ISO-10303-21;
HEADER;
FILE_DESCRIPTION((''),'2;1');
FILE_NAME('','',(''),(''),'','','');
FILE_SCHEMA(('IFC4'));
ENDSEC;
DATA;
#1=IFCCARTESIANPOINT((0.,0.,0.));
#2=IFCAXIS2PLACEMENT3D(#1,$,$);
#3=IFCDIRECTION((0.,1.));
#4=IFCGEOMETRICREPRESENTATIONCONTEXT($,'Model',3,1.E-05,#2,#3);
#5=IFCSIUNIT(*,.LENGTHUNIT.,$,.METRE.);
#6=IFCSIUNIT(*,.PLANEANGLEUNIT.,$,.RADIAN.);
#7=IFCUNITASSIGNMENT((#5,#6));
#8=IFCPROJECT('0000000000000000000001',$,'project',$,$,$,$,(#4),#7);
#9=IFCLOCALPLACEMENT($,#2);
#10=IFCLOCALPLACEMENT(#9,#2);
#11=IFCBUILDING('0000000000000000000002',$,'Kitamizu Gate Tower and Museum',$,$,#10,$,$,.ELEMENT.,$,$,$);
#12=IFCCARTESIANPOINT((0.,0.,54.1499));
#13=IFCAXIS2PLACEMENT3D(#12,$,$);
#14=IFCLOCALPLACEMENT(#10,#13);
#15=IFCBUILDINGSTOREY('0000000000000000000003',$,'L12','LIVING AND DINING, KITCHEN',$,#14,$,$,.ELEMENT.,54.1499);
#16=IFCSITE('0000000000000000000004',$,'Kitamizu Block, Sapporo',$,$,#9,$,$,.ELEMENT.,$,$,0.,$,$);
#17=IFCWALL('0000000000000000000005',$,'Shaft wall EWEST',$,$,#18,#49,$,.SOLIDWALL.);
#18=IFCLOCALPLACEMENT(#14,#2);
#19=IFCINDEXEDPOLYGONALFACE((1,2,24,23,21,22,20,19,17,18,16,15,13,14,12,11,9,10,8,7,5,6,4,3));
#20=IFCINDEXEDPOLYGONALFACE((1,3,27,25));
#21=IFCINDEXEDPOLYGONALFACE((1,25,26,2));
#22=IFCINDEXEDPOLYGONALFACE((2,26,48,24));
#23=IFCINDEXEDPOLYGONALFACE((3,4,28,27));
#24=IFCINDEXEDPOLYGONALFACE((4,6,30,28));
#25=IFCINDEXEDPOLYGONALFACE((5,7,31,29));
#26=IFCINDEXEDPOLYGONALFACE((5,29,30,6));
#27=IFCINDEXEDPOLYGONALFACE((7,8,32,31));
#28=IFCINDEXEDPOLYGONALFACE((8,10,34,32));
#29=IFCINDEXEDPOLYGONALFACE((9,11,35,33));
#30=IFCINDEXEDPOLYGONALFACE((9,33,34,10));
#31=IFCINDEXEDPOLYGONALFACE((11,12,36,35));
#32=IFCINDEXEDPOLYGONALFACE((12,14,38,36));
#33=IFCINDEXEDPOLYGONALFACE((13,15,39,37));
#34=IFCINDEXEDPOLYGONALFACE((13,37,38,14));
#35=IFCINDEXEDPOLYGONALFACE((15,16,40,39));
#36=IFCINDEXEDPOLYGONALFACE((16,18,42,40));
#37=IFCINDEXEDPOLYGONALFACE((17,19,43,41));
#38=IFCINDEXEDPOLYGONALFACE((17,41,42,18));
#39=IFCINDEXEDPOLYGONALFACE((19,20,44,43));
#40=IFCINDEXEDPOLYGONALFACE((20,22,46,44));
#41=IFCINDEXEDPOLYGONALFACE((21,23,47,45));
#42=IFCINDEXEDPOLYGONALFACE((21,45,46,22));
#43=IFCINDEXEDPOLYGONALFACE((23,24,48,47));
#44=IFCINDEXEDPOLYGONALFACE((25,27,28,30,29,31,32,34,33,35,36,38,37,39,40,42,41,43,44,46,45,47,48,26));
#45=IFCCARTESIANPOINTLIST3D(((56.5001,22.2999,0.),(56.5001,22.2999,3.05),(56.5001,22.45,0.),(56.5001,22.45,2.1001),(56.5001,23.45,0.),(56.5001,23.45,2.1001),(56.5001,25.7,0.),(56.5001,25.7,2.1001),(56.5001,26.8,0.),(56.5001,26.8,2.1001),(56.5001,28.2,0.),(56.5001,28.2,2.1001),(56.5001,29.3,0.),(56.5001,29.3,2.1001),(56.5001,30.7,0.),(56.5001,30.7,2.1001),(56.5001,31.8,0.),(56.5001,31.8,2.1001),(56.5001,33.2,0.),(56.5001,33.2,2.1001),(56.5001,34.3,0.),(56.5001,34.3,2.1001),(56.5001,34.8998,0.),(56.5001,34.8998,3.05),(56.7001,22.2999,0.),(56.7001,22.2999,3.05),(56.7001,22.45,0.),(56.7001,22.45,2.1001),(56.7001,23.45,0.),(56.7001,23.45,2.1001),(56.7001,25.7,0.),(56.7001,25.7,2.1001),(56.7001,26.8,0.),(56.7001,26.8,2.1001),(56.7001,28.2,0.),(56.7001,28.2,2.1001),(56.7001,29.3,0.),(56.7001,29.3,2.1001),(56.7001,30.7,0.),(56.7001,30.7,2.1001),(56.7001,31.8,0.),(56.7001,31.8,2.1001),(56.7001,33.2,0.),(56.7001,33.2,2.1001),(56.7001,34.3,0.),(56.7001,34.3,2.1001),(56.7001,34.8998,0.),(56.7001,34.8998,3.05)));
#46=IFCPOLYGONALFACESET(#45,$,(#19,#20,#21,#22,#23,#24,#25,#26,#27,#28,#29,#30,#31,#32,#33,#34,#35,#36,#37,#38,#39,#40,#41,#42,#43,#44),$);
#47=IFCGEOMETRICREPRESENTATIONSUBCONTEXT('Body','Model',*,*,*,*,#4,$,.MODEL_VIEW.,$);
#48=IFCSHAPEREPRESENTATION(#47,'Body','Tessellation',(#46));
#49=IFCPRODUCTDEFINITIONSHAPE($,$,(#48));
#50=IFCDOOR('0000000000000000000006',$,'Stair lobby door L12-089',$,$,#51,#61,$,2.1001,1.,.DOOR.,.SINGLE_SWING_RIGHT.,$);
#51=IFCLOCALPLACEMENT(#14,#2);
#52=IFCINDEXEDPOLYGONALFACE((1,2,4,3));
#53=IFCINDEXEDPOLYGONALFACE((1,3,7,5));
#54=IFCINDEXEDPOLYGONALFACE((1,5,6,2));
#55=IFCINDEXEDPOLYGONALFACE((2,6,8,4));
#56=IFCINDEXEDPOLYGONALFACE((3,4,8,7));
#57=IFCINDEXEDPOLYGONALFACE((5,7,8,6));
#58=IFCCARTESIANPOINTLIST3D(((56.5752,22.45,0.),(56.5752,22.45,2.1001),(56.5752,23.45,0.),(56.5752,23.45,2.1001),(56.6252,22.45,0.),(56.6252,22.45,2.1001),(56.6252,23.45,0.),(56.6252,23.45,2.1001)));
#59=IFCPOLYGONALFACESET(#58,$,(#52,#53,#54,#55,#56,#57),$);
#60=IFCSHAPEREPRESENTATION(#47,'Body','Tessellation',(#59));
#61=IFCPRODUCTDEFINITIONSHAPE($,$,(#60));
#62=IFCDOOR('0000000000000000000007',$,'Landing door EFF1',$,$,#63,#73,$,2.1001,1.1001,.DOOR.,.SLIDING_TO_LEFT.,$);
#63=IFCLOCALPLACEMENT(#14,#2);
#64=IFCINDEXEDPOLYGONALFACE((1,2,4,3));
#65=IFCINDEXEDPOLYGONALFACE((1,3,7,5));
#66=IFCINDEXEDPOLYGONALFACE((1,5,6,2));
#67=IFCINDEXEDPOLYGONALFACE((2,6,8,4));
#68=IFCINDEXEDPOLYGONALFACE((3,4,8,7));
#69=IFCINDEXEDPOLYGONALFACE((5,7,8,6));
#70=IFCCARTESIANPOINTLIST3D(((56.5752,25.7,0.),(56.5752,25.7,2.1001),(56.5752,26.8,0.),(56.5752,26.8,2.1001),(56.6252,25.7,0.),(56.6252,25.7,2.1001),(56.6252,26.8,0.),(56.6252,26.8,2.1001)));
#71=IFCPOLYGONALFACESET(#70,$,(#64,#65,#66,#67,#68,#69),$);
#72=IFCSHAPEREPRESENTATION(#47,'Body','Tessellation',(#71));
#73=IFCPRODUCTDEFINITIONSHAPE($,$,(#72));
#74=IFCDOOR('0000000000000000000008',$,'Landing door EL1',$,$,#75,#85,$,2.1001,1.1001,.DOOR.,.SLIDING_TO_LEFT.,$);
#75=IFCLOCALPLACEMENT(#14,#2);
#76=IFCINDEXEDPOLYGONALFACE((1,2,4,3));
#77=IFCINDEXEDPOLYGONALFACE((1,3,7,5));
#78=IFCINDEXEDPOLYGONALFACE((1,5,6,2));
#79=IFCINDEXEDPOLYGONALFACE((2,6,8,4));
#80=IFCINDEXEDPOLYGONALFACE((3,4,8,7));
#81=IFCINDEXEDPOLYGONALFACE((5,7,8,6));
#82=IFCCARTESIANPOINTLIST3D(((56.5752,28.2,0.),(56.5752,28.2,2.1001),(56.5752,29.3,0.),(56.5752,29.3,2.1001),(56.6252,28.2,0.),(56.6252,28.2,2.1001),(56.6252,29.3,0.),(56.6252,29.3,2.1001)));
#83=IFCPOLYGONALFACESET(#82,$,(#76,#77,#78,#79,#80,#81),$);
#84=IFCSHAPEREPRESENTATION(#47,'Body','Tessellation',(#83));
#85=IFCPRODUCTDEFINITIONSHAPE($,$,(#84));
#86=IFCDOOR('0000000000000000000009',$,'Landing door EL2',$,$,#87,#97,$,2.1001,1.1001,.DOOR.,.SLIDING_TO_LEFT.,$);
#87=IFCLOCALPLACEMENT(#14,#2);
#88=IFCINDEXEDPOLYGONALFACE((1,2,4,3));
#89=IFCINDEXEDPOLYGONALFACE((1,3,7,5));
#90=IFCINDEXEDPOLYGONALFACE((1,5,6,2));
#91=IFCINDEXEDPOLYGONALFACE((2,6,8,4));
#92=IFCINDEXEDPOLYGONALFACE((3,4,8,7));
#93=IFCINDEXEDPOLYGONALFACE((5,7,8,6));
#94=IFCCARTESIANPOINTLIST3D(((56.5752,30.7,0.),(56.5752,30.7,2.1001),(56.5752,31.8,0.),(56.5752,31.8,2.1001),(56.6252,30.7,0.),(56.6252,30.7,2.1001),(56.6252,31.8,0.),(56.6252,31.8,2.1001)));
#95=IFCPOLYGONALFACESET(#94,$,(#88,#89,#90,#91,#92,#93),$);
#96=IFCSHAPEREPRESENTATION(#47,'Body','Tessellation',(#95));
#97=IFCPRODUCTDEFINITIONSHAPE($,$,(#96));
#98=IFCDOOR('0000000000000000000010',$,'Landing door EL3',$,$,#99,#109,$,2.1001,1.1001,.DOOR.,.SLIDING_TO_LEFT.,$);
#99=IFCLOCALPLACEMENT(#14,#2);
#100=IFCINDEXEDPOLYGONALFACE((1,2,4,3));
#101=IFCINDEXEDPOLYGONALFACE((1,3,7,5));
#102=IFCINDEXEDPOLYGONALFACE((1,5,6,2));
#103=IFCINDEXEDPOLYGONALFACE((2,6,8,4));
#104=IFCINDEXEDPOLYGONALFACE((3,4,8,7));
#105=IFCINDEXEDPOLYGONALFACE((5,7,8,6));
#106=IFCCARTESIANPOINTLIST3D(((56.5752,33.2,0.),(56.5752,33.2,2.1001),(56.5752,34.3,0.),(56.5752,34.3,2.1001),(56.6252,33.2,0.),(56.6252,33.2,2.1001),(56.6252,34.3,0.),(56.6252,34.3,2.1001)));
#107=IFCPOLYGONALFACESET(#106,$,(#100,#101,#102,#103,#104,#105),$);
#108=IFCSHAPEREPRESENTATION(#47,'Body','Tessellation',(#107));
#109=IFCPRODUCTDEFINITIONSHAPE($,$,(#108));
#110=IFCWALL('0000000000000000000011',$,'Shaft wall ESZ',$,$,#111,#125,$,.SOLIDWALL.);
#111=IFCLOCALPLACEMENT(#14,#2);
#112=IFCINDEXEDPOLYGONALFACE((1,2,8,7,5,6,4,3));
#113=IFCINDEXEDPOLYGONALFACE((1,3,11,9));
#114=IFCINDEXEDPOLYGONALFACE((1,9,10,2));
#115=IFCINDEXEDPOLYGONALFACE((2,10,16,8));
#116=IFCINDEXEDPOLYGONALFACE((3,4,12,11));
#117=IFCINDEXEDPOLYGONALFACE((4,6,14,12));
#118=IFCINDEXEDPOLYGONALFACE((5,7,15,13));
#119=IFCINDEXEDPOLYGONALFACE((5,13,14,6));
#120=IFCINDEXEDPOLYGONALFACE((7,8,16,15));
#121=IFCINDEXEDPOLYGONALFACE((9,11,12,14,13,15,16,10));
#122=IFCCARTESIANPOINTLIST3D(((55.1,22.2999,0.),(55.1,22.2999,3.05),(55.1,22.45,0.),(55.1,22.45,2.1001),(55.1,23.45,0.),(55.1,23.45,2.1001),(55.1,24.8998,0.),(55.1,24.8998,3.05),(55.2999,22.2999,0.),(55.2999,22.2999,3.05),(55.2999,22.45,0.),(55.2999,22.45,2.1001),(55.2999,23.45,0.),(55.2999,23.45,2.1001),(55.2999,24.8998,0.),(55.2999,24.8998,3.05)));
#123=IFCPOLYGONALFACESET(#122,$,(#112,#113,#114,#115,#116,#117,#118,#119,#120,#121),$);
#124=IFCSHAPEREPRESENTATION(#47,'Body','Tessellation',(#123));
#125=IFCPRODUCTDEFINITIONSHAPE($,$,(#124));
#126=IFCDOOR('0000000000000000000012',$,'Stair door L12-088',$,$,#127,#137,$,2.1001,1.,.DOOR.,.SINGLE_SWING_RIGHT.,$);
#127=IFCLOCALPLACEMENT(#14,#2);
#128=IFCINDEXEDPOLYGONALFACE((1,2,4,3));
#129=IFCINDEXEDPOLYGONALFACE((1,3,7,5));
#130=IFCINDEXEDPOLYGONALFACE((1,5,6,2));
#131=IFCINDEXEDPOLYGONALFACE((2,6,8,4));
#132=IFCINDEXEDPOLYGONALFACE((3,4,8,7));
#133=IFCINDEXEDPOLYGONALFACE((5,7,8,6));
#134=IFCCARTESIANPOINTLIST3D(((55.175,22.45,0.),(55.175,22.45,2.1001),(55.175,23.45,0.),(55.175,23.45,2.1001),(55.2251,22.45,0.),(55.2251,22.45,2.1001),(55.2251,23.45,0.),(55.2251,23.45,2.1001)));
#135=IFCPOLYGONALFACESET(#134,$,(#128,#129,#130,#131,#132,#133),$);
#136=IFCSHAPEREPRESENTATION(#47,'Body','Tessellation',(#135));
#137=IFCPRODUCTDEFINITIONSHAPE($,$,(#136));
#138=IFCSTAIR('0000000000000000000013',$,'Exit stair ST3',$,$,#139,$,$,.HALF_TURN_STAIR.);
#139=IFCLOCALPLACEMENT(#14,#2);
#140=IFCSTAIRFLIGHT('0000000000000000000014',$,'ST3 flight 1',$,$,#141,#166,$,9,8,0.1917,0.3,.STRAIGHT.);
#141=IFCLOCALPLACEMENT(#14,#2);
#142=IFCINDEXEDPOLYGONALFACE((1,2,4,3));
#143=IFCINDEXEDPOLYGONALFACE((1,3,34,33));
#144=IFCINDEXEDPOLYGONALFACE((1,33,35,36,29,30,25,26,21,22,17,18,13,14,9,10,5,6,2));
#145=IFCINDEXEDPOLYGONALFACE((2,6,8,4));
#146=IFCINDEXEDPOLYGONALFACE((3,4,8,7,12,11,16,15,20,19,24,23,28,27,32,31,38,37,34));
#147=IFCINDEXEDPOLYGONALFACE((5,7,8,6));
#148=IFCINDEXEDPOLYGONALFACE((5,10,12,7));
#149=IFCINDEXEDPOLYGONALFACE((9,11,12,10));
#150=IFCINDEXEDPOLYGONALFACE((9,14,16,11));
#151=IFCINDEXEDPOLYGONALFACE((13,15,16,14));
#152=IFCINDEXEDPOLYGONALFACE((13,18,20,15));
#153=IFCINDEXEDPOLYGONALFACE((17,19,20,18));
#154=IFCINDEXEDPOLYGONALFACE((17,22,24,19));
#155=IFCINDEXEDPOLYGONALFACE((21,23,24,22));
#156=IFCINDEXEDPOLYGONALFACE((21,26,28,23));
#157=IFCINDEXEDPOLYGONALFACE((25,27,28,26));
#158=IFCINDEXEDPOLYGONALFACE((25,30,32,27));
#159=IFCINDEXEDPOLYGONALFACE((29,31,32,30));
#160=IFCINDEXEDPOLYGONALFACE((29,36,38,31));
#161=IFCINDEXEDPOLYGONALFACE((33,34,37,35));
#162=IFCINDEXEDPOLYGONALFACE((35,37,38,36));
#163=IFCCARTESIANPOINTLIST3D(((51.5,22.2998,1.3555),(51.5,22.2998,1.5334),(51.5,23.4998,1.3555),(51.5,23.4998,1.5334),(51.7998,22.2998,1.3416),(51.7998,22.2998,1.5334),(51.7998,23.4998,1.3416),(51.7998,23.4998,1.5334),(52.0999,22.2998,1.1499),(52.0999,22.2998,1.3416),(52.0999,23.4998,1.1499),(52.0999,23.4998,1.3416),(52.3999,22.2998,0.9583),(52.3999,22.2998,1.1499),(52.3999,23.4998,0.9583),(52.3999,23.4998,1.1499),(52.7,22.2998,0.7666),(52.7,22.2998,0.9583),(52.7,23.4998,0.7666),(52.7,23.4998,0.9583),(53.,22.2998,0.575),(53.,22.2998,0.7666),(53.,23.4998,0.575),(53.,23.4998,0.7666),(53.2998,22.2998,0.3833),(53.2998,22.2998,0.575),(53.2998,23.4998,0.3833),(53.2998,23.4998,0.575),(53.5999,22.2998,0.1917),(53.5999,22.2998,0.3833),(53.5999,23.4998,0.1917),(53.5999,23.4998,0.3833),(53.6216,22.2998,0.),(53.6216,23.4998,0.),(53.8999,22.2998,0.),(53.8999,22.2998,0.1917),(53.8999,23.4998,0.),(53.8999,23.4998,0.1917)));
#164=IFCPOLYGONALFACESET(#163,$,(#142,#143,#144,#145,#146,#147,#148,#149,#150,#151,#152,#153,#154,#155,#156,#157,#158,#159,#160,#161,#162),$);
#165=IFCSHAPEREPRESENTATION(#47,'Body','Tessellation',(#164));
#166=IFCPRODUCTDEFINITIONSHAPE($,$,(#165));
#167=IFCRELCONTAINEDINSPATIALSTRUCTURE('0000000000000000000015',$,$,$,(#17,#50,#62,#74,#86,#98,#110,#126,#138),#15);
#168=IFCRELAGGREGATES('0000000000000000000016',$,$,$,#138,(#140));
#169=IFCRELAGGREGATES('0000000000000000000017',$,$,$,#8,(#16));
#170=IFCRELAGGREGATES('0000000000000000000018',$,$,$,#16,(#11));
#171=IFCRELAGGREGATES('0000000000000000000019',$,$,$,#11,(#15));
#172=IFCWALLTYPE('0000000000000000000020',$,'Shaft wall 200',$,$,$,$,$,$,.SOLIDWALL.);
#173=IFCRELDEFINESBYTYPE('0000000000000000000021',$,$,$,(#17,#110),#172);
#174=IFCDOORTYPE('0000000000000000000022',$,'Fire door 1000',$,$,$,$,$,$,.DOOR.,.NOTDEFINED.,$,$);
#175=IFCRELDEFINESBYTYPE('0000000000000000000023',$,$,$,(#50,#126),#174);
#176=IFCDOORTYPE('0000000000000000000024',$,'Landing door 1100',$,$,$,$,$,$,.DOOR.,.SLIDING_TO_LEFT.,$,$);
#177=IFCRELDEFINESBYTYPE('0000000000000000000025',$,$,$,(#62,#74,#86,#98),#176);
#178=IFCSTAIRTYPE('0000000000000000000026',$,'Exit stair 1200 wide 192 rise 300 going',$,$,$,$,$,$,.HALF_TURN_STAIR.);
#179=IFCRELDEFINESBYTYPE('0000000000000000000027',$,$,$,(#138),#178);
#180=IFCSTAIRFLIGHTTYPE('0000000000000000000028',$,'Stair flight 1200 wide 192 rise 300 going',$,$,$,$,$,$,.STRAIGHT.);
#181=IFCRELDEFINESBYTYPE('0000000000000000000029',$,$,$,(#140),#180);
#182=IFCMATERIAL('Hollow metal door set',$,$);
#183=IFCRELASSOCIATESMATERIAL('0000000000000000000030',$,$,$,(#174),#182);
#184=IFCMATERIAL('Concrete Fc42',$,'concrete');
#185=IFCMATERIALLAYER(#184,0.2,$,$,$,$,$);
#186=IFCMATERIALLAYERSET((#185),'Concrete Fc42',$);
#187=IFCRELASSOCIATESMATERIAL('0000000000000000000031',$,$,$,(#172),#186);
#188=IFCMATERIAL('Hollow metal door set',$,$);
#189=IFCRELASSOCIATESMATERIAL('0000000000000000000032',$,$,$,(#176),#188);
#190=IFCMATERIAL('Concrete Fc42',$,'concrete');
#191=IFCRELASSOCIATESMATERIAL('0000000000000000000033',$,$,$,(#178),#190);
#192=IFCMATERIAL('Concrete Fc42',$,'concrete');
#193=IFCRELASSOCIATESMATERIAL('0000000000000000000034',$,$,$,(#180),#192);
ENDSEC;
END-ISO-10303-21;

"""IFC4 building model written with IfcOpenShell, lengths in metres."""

from ifc_helpers import new_model, si_unit, direction, frame, frame_2d, origin, place, context, subcontext, project, spatial, polyline, rectangle, outline, extrude, material, layer, layer_set, type_object, element, fill, aggregate, save


model = new_model("IFC4")

# Units and contexts
model_context = context("Model", 3, precision=1e-05, world=origin(), true_north=direction((0.0, 1.0)))
body_context = subcontext(model_context, "Body", "Model", "MODEL_VIEW")
ifc_project = project(units=[si_unit("LENGTHUNIT", "METRE"), si_unit("PLANEANGLEUNIT", "RADIAN")], contexts=[model_context])

# Site, building, storey
site_placement = place(None, origin())
site = spatial("IfcSite", under=ifc_project, at=site_placement, Name="Kitamizu Block, Sapporo", CompositionType="ELEMENT", RefElevation=0.0)
building_placement = place(site_placement, origin())
building = spatial("IfcBuilding", under=site, at=building_placement, Name="Kitamizu Gate Tower and Museum", CompositionType="ELEMENT")
storey_placement = place(building_placement, frame((0.0, 0.0, 54.1499)))
storey = spatial("IfcBuildingStorey", under=building, at=storey_placement, Name="L12", Description="LIVING AND DINING, KITCHEN", CompositionType="ELEMENT", Elevation=54.1499)

# Shared definitions
ifc_material_1 = material(Name="Hollow metal door set")
door_type_1 = type_object("IfcDoorType", Name="Fire door 1000", OperationType="NOTDEFINED", PredefinedType="DOOR", material=ifc_material_1)

# Wall, openings, doors
ifc_material_2 = material(Name="Concrete Fc42", Category="concrete")
ifc_layer_1 = layer(ifc_material_2, 0.2)
ifc_layer_set_1 = layer_set([ifc_layer_1], Name="Concrete Fc42")
wall_type_1 = type_object("IfcWallType", Name="Shaft wall 200", PredefinedType="SOLIDWALL", material=ifc_layer_set_1)
wall_1_placement = place(storey_placement, frame((56.6001, 22.3, 0.0), z_axis=(0.0, 0.0, 1.0), x_axis=(0.0, 1.0, 0.0)))
wall_1 = element("IfcWall", 1, at=wall_1_placement, inside=storey, type_object=wall_type_1, Name="Shaft wall EWEST", PredefinedType="SOLIDWALL", context=body_context, shape_type="SweptSolid", body=[
    extrude(rectangle(XDim=12.5999, YDim=0.2, at=frame_2d((6.2998, 0.0))), origin(), (0.0, 0.0, 1.0), 3.05),
])
opening_1_placement = place(wall_1_placement, frame((3.3999, 0.0, 0.0)))
opening_1 = element("IfcOpeningElement", 2, at=opening_1_placement, cuts=wall_1, PredefinedType="OPENING", context=body_context, shape_type="SweptSolid", body=[
    extrude(rectangle(XDim=1.1001, YDim=2.1001, at=frame_2d((0.55, 1.05))), frame((0.0, 0.1099, 0.0), z_axis=(0.0, -1.0, 0.0), x_axis=(1.0, 0.0, 0.0)), (0.0, 0.0, 1.0), 0.22),
])
opening_2_placement = place(wall_1_placement, frame((5.8999, 0.0, 0.0)))
opening_2 = element("IfcOpeningElement", 3, at=opening_2_placement, cuts=wall_1, PredefinedType="OPENING", context=body_context, shape_type="SweptSolid", body=[
    extrude(rectangle(XDim=1.1001, YDim=2.1001, at=frame_2d((0.55, 1.05))), frame((0.0, 0.1099, 0.0), z_axis=(0.0, -1.0, 0.0), x_axis=(1.0, 0.0, 0.0)), (0.0, 0.0, 1.0), 0.22),
])
opening_3_placement = place(wall_1_placement, frame((8.3999, 0.0, 0.0)))
opening_3 = element("IfcOpeningElement", 4, at=opening_3_placement, cuts=wall_1, PredefinedType="OPENING", context=body_context, shape_type="SweptSolid", body=[
    extrude(rectangle(XDim=1.1001, YDim=2.1001, at=frame_2d((0.55, 1.05))), frame((0.0, 0.1099, 0.0), z_axis=(0.0, -1.0, 0.0), x_axis=(1.0, 0.0, 0.0)), (0.0, 0.0, 1.0), 0.22),
])
opening_4_placement = place(wall_1_placement, frame((10.8999, 0.0, 0.0)))
opening_4 = element("IfcOpeningElement", 5, at=opening_4_placement, cuts=wall_1, PredefinedType="OPENING", context=body_context, shape_type="SweptSolid", body=[
    extrude(rectangle(XDim=1.1001, YDim=2.1001, at=frame_2d((0.55, 1.05))), frame((0.0, 0.1099, 0.0), z_axis=(0.0, -1.0, 0.0), x_axis=(1.0, 0.0, 0.0)), (0.0, 0.0, 1.0), 0.22),
])
opening_5_placement = place(wall_1_placement, frame((0.1499, 0.0, 0.0)))
opening_5 = element("IfcOpeningElement", 6, at=opening_5_placement, cuts=wall_1, PredefinedType="OPENING", context=body_context, shape_type="SweptSolid", body=[
    extrude(rectangle(XDim=1.0, YDim=2.1001, at=frame_2d((0.5, 1.05))), frame((0.0, 0.1099, 0.0), z_axis=(0.0, -1.0, 0.0), x_axis=(1.0, 0.0, 0.0)), (0.0, 0.0, 1.0), 0.22),
])
door_1_placement = place(opening_5_placement, origin())
door_1 = element("IfcDoor", 7, at=door_1_placement, inside=storey, type_object=door_type_1, Name="Stair lobby door L12-089", OperationType="SINGLE_SWING_RIGHT", OverallHeight=2.1001, OverallWidth=1.0, PredefinedType="DOOR", context=body_context, shape_type="SweptSolid", body=[
    extrude(rectangle(XDim=1.0, YDim=2.1001, at=frame_2d((0.5, 1.05))), frame((0.0, 0.0249, 0.0), z_axis=(0.0, -1.0, 0.0), x_axis=(1.0, 0.0, 0.0)), (0.0, 0.0, 1.0), 0.05),
])
fill(opening_5, door_1)
ifc_material_3 = material(Name="Hollow metal door set")
door_type_2 = type_object("IfcDoorType", Name="Landing door 1100", OperationType="SLIDING_TO_LEFT", PredefinedType="DOOR", material=ifc_material_3)
door_2_placement = place(opening_1_placement, origin())
door_2 = element("IfcDoor", 8, at=door_2_placement, inside=storey, type_object=door_type_2, Name="Landing door EFF1", OperationType="SLIDING_TO_LEFT", OverallHeight=2.1001, OverallWidth=1.1001, PredefinedType="DOOR", context=body_context, shape_type="SweptSolid", body=[
    extrude(rectangle(XDim=1.1001, YDim=2.1001, at=frame_2d((0.55, 1.05))), frame((0.0, 0.0249, 0.0), z_axis=(0.0, -1.0, 0.0), x_axis=(1.0, 0.0, 0.0)), (0.0, 0.0, 1.0), 0.05),
])
fill(opening_1, door_2)
door_3_placement = place(opening_2_placement, origin())
door_3 = element("IfcDoor", 9, at=door_3_placement, inside=storey, type_object=door_type_2, Name="Landing door EL1", OperationType="SLIDING_TO_LEFT", OverallHeight=2.1001, OverallWidth=1.1001, PredefinedType="DOOR", context=body_context, shape_type="SweptSolid", body=[
    extrude(rectangle(XDim=1.1001, YDim=2.1001, at=frame_2d((0.55, 1.05))), frame((0.0, 0.0249, 0.0), z_axis=(0.0, -1.0, 0.0), x_axis=(1.0, 0.0, 0.0)), (0.0, 0.0, 1.0), 0.05),
])
fill(opening_2, door_3)
door_4_placement = place(opening_3_placement, origin())
door_4 = element("IfcDoor", 10, at=door_4_placement, inside=storey, type_object=door_type_2, Name="Landing door EL2", OperationType="SLIDING_TO_LEFT", OverallHeight=2.1001, OverallWidth=1.1001, PredefinedType="DOOR", context=body_context, shape_type="SweptSolid", body=[
    extrude(rectangle(XDim=1.1001, YDim=2.1001, at=frame_2d((0.55, 1.05))), frame((0.0, 0.0249, 0.0), z_axis=(0.0, -1.0, 0.0), x_axis=(1.0, 0.0, 0.0)), (0.0, 0.0, 1.0), 0.05),
])
fill(opening_3, door_4)
door_5_placement = place(opening_4_placement, origin())
door_5 = element("IfcDoor", 11, at=door_5_placement, inside=storey, type_object=door_type_2, Name="Landing door EL3", OperationType="SLIDING_TO_LEFT", OverallHeight=2.1001, OverallWidth=1.1001, PredefinedType="DOOR", context=body_context, shape_type="SweptSolid", body=[
    extrude(rectangle(XDim=1.1001, YDim=2.1001, at=frame_2d((0.55, 1.05))), frame((0.0, 0.0249, 0.0), z_axis=(0.0, -1.0, 0.0), x_axis=(1.0, 0.0, 0.0)), (0.0, 0.0, 1.0), 0.05),
])
fill(opening_4, door_5)

# Wall, opening, door
wall_2_placement = place(storey_placement, frame((55.2, 22.3, 0.0), z_axis=(0.0, 0.0, 1.0), x_axis=(0.0, 1.0, 0.0)))
wall_2 = element("IfcWall", 12, at=wall_2_placement, inside=storey, type_object=wall_type_1, Name="Shaft wall ESZ", PredefinedType="SOLIDWALL", context=body_context, shape_type="SweptSolid", body=[
    extrude(rectangle(XDim=2.5999, YDim=0.2, at=frame_2d((1.2998, 0.0))), origin(), (0.0, 0.0, 1.0), 3.05),
])
opening_6_placement = place(wall_2_placement, frame((0.1499, 0.0, 0.0)))
opening_6 = element("IfcOpeningElement", 13, at=opening_6_placement, cuts=wall_2, PredefinedType="OPENING", context=body_context, shape_type="SweptSolid", body=[
    extrude(rectangle(XDim=1.0, YDim=2.1001, at=frame_2d((0.5, 1.05))), frame((0.0, 0.1099, 0.0), z_axis=(0.0, -1.0, 0.0), x_axis=(1.0, 0.0, 0.0)), (0.0, 0.0, 1.0), 0.22),
])
door_6_placement = place(opening_6_placement, origin())
door_6 = element("IfcDoor", 14, at=door_6_placement, inside=storey, type_object=door_type_1, Name="Stair door L12-088", OperationType="SINGLE_SWING_RIGHT", OverallHeight=2.1001, OverallWidth=1.0, PredefinedType="DOOR", context=body_context, shape_type="SweptSolid", body=[
    extrude(rectangle(XDim=1.0, YDim=2.1001, at=frame_2d((0.5, 1.05))), frame((0.0, 0.0249, 0.0), z_axis=(0.0, -1.0, 0.0), x_axis=(1.0, 0.0, 0.0)), (0.0, 0.0, 1.0), 0.05),
])
fill(opening_6, door_6)

# Stair, stair flight
ifc_material_4 = material(Name="Concrete Fc42", Category="concrete")
stair_type = type_object("IfcStairType", Name="Exit stair 1200 wide 192 rise 300 going", PredefinedType="HALF_TURN_STAIR", material=ifc_material_4)
stair_placement = place(storey_placement, origin())
stair = element("IfcStair", 15, at=stair_placement, inside=storey, type_object=stair_type, Name="Exit stair ST3", PredefinedType="HALF_TURN_STAIR")
ifc_material_5 = material(Name="Concrete Fc42", Category="concrete")
stair_flight_type = type_object("IfcStairFlightType", Name="Stair flight 1200 wide 192 rise 300 going", PredefinedType="STRAIGHT", material=ifc_material_5)
stair_flight_placement = place(storey_placement, frame((53.8999, 22.8999, 0.0), z_axis=(0.0, 0.0, 1.0), x_axis=(-1.0, 0.0, 0.0)))
stair_flight = element("IfcStairFlight", 16, at=stair_flight_placement, type_object=stair_flight_type, Name="ST3 flight 1", NumberOfRisers=9, NumberOfTreads=8, PredefinedType="STRAIGHT", RiserHeight=0.1917, TreadLength=0.3, context=body_context, shape_type="SweptSolid", body=[
    extrude(outline(polyline([(0.0, 0.0), (0.0, 0.1917), (0.3, 0.1917), (0.3, 0.3833), (0.6001, 0.3833), (0.6001, 0.575), (0.8999, 0.575), (0.8999, 0.7666), (1.2, 0.7666), (1.2, 0.9583), (1.5, 0.9583), (1.5, 1.1499), (1.8, 1.1499), (1.8, 1.3416), (2.1001, 1.3416), (2.1001, 1.5334), (2.3999, 1.5334), (2.3999, 1.7251), (2.3999, 1.3555), (0.2783, 0.0), (0.0, 0.0)])), frame((0.0, 0.6001, 0.0), z_axis=(0.0, -1.0, 0.0), x_axis=(1.0, 0.0, 0.0)), (0.0, 0.0, 1.0), 1.2),
])
aggregate(stair, [stair_flight])

save(model, "model.ifc")
